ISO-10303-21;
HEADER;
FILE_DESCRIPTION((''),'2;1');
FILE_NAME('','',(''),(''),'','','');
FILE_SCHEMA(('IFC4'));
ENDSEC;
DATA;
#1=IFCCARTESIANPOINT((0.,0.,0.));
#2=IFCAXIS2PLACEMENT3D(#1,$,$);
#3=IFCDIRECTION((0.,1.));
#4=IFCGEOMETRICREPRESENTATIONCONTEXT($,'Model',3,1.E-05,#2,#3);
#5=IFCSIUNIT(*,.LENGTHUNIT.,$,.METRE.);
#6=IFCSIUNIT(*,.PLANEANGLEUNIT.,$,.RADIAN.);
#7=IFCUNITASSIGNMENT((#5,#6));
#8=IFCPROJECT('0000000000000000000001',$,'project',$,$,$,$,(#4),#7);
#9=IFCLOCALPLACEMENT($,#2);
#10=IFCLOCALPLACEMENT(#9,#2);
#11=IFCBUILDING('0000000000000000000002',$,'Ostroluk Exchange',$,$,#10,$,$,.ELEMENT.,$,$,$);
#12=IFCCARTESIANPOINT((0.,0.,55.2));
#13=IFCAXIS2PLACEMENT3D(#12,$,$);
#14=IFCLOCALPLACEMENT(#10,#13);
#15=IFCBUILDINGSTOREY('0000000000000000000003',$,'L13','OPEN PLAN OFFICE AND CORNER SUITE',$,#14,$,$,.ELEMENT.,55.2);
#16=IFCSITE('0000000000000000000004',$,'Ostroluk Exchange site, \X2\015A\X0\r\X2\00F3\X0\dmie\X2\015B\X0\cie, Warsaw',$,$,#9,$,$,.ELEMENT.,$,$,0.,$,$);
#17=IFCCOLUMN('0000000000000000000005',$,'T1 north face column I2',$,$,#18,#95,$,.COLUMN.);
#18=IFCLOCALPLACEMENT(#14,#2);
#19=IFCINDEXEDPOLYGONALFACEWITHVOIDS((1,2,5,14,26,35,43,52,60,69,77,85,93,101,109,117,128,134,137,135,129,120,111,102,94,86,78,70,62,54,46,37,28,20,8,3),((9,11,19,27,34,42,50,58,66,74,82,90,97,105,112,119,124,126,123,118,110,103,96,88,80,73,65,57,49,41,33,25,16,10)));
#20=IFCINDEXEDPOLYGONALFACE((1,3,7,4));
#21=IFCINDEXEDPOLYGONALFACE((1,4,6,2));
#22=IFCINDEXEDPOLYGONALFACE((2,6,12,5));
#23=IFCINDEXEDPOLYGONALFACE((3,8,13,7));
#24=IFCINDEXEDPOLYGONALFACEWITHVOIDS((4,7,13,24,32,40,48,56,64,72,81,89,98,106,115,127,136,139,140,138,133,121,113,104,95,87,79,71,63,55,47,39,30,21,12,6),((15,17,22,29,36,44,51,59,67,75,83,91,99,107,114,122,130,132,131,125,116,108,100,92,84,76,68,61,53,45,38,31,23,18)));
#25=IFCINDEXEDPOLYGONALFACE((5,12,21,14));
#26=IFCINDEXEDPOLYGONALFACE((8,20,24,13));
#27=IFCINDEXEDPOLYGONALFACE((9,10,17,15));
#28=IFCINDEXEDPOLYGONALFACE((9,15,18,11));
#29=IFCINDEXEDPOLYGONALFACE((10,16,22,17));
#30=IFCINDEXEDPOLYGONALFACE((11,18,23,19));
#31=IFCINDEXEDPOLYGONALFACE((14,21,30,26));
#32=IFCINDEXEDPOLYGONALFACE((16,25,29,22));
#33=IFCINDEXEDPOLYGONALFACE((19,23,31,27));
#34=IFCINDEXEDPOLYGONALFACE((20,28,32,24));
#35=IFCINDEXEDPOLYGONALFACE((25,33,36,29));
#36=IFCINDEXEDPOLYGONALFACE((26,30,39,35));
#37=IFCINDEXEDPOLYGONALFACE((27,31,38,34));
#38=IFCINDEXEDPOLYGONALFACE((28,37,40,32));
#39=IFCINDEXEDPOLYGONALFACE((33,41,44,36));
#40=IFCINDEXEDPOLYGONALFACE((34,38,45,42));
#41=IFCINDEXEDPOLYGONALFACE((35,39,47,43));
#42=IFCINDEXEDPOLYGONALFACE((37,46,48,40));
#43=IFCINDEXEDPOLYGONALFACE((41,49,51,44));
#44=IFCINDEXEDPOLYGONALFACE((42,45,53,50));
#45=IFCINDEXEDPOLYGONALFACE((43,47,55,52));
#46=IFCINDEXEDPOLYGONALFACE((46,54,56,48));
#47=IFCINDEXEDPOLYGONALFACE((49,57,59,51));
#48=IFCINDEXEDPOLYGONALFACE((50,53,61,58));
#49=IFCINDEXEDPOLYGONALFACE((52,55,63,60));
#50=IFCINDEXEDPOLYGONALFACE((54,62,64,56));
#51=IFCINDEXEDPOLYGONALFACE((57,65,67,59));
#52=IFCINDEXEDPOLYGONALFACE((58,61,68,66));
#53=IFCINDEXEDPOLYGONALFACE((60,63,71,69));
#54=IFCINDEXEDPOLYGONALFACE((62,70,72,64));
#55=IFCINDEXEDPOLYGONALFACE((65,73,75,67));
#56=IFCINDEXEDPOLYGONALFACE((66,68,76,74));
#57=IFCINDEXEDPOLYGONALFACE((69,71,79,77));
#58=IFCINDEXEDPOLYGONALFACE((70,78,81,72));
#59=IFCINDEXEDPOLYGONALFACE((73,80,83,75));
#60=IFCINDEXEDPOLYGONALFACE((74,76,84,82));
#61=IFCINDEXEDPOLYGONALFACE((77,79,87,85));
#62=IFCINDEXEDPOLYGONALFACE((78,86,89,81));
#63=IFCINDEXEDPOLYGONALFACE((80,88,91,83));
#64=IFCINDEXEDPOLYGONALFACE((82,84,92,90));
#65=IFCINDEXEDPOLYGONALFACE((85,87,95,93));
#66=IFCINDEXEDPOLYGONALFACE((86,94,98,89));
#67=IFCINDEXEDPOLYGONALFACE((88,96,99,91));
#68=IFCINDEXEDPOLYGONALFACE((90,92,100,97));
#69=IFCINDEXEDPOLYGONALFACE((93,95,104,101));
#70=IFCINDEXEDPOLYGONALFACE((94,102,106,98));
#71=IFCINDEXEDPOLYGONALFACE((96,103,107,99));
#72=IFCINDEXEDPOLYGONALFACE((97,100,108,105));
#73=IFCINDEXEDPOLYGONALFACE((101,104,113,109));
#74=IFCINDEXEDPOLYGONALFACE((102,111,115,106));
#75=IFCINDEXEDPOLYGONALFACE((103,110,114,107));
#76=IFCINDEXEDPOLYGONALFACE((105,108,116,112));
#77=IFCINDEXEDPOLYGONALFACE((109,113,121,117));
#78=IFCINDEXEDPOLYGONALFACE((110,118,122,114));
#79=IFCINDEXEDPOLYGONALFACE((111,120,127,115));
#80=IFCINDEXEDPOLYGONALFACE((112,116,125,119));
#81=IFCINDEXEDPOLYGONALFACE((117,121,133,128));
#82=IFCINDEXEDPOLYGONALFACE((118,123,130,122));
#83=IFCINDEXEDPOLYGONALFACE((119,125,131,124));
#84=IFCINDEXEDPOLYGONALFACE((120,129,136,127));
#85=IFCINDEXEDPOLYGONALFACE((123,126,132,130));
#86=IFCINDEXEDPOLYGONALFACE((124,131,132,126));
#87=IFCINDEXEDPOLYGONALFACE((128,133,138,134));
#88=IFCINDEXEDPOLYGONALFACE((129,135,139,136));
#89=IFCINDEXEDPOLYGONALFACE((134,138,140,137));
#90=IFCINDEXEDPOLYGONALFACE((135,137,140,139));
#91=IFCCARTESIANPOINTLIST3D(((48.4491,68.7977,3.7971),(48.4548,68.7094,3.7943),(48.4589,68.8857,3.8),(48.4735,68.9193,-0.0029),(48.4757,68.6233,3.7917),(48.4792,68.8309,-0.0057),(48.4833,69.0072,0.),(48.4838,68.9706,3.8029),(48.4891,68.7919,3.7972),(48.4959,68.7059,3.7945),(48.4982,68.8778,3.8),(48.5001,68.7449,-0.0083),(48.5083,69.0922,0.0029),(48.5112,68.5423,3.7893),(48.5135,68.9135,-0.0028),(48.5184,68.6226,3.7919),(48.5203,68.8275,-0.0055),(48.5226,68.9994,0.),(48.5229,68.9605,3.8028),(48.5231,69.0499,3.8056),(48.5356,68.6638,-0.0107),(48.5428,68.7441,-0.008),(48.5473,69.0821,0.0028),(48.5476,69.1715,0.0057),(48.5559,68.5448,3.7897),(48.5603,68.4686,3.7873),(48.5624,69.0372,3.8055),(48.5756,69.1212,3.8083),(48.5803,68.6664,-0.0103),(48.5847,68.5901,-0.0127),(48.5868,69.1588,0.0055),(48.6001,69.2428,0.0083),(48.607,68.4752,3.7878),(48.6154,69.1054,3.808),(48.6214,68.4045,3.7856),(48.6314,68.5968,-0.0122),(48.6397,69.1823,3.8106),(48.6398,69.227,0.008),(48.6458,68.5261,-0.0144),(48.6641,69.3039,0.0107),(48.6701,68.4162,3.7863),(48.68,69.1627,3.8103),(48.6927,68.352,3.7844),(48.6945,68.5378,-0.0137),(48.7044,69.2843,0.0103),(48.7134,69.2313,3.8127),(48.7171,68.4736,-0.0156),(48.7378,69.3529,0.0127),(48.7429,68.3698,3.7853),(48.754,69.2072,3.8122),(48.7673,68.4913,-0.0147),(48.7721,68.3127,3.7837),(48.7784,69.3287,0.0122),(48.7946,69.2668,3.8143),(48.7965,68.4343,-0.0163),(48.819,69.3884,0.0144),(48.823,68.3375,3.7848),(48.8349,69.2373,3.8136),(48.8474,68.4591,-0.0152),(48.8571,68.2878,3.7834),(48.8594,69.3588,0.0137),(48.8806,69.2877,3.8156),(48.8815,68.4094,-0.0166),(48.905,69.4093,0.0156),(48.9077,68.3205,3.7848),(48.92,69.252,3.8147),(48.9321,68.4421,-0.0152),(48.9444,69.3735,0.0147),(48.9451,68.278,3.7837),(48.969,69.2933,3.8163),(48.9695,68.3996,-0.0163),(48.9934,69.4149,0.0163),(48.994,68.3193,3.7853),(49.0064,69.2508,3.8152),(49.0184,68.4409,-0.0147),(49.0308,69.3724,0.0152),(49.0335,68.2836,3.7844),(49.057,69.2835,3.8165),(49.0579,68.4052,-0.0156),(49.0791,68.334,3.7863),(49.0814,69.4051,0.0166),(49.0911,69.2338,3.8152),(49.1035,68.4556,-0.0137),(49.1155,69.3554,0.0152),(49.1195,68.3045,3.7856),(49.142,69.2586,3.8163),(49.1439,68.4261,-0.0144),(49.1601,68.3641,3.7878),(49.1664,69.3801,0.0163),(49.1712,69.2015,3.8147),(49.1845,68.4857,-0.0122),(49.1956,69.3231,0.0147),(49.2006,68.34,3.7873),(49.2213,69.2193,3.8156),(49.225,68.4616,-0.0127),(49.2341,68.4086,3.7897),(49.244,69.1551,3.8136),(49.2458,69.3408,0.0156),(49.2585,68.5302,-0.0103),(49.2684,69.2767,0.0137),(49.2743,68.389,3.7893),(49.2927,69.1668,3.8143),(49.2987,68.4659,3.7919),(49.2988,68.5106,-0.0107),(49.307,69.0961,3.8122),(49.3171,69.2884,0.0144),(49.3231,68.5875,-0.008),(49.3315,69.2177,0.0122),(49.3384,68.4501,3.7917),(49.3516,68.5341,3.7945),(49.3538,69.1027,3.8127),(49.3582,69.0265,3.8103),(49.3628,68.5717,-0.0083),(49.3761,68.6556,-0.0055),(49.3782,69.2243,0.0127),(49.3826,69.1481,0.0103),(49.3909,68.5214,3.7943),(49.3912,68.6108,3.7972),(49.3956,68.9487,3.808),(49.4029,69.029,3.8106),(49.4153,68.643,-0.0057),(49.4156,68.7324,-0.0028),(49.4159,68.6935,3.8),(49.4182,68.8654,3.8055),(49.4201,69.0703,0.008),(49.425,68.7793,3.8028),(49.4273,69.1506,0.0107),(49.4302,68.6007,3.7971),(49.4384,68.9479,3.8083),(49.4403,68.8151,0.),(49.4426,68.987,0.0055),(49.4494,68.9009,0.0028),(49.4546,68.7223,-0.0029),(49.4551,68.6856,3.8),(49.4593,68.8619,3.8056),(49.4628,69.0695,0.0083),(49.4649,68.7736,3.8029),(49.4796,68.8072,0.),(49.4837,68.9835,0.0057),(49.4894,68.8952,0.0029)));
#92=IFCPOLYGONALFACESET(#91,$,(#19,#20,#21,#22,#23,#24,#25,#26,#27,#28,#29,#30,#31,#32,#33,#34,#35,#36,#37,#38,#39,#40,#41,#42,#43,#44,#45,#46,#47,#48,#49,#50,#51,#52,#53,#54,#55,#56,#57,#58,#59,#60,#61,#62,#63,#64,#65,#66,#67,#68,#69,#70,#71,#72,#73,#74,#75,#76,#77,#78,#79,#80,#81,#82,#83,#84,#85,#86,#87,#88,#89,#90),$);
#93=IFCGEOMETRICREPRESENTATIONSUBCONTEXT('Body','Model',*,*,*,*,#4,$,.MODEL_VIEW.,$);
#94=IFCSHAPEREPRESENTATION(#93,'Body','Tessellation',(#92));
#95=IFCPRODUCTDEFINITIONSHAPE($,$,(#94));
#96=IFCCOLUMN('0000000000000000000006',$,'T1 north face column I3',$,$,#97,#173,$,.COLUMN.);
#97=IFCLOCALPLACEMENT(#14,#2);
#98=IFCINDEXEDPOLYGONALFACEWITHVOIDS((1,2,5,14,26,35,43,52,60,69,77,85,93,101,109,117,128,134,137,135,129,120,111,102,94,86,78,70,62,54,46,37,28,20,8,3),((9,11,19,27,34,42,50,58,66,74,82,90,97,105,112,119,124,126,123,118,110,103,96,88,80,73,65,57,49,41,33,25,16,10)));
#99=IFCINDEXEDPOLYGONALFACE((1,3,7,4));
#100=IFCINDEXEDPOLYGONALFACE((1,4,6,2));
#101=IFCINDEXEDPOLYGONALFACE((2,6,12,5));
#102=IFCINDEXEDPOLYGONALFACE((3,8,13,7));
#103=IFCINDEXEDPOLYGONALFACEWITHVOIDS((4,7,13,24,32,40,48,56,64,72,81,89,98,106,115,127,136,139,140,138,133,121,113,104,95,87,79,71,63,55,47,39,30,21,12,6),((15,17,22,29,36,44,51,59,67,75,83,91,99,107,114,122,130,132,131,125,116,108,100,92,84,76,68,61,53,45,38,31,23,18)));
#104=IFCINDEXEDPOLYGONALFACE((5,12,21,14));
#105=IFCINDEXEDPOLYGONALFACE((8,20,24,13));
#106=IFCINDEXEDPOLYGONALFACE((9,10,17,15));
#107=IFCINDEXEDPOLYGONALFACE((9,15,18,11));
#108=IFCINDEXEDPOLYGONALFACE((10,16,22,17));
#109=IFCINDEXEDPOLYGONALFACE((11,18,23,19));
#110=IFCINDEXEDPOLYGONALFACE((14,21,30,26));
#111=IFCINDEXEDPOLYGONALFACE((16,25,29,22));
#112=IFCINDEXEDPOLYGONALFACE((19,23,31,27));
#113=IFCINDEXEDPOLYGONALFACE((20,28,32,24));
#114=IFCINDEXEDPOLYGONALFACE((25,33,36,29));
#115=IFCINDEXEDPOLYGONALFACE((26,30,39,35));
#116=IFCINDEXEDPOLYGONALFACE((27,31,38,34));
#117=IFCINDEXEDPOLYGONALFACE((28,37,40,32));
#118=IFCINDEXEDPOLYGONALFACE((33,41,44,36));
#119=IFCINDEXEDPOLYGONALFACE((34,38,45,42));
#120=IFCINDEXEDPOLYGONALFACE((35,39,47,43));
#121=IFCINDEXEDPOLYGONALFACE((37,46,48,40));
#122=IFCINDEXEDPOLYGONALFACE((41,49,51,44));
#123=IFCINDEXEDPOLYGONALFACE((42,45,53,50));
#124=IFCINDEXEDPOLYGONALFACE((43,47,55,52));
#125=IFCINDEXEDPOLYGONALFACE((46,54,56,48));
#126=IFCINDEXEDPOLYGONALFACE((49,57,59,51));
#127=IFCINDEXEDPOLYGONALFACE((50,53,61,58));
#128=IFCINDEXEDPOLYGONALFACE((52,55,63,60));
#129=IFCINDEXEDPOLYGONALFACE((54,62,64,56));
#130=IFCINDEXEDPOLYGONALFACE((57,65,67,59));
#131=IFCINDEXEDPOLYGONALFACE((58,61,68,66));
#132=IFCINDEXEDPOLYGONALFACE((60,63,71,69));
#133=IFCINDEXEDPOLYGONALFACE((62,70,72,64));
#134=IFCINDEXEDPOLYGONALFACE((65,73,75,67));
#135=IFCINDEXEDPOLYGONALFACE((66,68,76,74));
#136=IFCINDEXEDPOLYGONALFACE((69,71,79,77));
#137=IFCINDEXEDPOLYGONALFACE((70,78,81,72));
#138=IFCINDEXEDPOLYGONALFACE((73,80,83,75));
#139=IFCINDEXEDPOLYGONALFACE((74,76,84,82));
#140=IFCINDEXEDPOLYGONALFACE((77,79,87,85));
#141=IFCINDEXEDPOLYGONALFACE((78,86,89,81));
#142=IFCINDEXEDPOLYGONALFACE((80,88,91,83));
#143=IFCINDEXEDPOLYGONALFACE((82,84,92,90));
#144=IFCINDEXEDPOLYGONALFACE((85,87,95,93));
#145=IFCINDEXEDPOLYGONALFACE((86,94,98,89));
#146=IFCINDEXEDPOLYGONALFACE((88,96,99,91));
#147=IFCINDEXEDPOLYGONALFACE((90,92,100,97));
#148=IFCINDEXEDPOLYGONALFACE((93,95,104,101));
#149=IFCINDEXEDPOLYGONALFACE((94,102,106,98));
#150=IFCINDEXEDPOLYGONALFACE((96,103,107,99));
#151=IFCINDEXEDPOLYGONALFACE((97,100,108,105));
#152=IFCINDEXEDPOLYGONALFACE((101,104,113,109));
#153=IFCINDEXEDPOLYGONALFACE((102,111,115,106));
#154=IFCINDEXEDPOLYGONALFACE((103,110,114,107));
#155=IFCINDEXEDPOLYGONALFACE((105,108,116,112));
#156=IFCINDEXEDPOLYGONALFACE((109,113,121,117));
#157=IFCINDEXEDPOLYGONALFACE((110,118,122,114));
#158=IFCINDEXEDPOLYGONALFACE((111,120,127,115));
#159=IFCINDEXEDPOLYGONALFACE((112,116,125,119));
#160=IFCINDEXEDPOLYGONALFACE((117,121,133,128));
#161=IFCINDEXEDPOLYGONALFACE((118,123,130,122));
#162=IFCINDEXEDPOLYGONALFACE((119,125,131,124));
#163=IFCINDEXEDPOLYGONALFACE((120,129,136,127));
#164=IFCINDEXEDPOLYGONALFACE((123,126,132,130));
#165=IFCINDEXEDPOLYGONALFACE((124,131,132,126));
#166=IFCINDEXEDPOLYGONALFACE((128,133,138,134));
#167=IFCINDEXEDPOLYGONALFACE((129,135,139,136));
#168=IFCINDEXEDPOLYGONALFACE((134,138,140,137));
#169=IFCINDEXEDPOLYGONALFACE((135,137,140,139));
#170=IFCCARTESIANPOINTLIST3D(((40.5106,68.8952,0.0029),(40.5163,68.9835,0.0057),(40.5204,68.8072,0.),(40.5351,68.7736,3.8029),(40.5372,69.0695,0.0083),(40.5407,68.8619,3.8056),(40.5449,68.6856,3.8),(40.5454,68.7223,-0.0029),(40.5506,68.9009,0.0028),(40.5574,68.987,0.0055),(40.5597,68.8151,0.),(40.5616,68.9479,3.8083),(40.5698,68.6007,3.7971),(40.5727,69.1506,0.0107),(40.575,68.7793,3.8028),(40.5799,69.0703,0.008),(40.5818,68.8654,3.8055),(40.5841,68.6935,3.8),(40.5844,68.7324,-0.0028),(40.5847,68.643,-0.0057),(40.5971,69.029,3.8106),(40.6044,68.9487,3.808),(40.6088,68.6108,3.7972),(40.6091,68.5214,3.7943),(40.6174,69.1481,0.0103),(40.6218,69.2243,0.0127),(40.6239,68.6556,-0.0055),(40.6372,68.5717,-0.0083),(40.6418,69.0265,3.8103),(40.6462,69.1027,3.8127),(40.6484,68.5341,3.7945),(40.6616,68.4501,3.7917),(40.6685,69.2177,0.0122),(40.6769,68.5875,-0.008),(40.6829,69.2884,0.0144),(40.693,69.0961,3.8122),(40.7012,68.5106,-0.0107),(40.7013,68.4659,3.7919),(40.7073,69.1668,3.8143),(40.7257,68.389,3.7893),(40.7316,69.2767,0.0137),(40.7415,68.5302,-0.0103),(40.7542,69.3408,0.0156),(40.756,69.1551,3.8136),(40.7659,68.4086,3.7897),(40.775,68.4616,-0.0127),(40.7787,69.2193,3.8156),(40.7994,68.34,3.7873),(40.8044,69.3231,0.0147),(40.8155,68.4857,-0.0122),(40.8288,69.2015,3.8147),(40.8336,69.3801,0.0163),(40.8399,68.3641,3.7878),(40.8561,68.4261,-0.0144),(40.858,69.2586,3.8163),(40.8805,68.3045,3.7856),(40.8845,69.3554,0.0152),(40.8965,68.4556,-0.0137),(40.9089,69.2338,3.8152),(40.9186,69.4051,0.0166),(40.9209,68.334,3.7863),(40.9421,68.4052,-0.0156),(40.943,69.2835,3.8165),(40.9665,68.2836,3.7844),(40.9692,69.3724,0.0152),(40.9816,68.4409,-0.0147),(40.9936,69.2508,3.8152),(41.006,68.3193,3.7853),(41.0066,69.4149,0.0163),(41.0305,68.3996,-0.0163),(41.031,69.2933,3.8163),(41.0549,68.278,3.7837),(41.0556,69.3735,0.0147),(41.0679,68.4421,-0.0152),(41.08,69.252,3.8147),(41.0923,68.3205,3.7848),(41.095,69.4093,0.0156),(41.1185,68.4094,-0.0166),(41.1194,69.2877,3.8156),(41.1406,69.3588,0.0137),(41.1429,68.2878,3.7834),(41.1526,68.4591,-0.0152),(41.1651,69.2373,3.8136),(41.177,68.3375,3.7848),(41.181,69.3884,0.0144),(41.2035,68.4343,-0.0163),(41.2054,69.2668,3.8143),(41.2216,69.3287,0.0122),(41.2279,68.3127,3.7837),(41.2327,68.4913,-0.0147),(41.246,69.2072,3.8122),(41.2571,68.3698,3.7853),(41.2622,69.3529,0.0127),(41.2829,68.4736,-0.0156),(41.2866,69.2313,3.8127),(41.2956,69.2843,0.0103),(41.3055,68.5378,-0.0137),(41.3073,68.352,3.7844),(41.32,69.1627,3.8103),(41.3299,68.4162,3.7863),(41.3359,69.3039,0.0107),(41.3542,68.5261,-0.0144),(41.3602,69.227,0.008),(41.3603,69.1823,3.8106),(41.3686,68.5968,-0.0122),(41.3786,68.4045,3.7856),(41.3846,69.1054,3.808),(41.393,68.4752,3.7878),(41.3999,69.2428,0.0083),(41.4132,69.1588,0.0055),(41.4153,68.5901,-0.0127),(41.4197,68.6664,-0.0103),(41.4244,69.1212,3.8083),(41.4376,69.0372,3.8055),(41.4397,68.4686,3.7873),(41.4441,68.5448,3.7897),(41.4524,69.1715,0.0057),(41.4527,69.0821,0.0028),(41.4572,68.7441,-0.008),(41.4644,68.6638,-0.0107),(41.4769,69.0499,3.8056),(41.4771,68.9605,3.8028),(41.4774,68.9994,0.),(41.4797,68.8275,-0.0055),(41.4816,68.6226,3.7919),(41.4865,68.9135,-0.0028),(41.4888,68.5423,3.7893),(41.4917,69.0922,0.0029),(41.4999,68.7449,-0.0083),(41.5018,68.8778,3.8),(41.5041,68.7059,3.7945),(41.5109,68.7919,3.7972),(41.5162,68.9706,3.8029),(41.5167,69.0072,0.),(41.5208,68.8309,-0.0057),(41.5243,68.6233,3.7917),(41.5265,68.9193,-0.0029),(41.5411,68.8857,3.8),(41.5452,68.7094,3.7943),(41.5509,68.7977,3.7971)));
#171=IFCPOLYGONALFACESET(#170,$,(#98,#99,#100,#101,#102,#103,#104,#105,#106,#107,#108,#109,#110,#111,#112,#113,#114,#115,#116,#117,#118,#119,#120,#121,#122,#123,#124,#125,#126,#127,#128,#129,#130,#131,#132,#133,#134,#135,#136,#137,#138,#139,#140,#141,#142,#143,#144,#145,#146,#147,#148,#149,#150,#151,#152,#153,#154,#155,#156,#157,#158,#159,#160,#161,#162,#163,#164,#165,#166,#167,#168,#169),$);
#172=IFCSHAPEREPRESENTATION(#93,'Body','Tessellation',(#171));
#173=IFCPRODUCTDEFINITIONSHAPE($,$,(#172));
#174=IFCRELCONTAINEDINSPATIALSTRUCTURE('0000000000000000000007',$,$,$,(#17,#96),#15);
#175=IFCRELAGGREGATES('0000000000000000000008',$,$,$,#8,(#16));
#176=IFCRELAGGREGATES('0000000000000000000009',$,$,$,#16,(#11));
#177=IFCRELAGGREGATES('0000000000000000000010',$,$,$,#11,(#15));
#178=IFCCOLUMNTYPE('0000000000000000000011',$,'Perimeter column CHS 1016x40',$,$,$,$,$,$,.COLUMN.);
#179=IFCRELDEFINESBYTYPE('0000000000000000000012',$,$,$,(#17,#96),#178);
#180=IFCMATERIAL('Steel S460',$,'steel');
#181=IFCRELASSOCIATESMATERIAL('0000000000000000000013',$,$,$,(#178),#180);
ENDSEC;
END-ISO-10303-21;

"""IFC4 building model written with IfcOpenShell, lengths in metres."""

from ifc_helpers import new_model, si_unit, direction, frame, origin, origin_2d, place, context, subcontext, project, spatial, hollow_circle, extrude, material, material_profile, profile_set, type_object, element, save


model = new_model("IFC4")

# Units and contexts
model_context = context("Model", 3, precision=1e-05, world=origin(), true_north=direction((0.0, 1.0)))
body_context = subcontext(model_context, "Body", "Model", "MODEL_VIEW")
ifc_project = project(units=[si_unit("LENGTHUNIT", "METRE"), si_unit("PLANEANGLEUNIT", "RADIAN")], contexts=[model_context])

# Site, building, storey
site_placement = place(None, origin())
site = spatial("IfcSite", under=ifc_project, at=site_placement, Name="Ostroluk Exchange site, Śródmieście, Warsaw", CompositionType="ELEMENT", RefElevation=0.0)
building_placement = place(site_placement, origin())
building = spatial("IfcBuilding", under=site, at=building_placement, Name="Ostroluk Exchange", CompositionType="ELEMENT")
storey_placement = place(building_placement, frame((0.0, 0.0, 55.2)))
storey = spatial("IfcBuildingStorey", under=building, at=storey_placement, Name="L13", Description="OPEN PLAN OFFICE AND CORNER SUITE", CompositionType="ELEMENT", Elevation=55.2)

# Columns
ifc_material_1 = material(Name="Steel S460", Category="steel")
ifc_material_profile_1 = material_profile(ifc_material_1, hollow_circle(Radius=0.5081, WallThickness=0.04, at=origin_2d()), Name="CHS 1016x40")
ifc_profile_set_1 = profile_set([ifc_material_profile_1], Name="Steel S460")
column_type = type_object("IfcColumnType", Name="Perimeter column CHS 1016x40", PredefinedType="COLUMN", material=ifc_profile_set_1)
for number, where, z_axis, x_axis, name in (
    (1, (48.9814, 68.9072, 0.0), (-0.006421, -0.031978, 0.999468), (0.980429, -0.196873, 0.0), "T1 north face column I2"),
    (2, (41.0186, 68.9072, 0.0), (0.006421, -0.031978, 0.999468), (0.980429, 0.196873, 0.0), "T1 north face column I3"),
):
    element("IfcColumn", number, at=place(storey_placement, frame(where, z_axis=z_axis, x_axis=x_axis)), inside=storey, type_object=column_type, Name=name, PredefinedType="COLUMN", context=body_context, shape_type="SweptSolid", body=[
        extrude(hollow_circle(Radius=0.5081, WallThickness=0.04, at=origin_2d()), origin(), (0.0, 0.0, 1.0), 3.802),
    ])

save(model, "model.ifc")
